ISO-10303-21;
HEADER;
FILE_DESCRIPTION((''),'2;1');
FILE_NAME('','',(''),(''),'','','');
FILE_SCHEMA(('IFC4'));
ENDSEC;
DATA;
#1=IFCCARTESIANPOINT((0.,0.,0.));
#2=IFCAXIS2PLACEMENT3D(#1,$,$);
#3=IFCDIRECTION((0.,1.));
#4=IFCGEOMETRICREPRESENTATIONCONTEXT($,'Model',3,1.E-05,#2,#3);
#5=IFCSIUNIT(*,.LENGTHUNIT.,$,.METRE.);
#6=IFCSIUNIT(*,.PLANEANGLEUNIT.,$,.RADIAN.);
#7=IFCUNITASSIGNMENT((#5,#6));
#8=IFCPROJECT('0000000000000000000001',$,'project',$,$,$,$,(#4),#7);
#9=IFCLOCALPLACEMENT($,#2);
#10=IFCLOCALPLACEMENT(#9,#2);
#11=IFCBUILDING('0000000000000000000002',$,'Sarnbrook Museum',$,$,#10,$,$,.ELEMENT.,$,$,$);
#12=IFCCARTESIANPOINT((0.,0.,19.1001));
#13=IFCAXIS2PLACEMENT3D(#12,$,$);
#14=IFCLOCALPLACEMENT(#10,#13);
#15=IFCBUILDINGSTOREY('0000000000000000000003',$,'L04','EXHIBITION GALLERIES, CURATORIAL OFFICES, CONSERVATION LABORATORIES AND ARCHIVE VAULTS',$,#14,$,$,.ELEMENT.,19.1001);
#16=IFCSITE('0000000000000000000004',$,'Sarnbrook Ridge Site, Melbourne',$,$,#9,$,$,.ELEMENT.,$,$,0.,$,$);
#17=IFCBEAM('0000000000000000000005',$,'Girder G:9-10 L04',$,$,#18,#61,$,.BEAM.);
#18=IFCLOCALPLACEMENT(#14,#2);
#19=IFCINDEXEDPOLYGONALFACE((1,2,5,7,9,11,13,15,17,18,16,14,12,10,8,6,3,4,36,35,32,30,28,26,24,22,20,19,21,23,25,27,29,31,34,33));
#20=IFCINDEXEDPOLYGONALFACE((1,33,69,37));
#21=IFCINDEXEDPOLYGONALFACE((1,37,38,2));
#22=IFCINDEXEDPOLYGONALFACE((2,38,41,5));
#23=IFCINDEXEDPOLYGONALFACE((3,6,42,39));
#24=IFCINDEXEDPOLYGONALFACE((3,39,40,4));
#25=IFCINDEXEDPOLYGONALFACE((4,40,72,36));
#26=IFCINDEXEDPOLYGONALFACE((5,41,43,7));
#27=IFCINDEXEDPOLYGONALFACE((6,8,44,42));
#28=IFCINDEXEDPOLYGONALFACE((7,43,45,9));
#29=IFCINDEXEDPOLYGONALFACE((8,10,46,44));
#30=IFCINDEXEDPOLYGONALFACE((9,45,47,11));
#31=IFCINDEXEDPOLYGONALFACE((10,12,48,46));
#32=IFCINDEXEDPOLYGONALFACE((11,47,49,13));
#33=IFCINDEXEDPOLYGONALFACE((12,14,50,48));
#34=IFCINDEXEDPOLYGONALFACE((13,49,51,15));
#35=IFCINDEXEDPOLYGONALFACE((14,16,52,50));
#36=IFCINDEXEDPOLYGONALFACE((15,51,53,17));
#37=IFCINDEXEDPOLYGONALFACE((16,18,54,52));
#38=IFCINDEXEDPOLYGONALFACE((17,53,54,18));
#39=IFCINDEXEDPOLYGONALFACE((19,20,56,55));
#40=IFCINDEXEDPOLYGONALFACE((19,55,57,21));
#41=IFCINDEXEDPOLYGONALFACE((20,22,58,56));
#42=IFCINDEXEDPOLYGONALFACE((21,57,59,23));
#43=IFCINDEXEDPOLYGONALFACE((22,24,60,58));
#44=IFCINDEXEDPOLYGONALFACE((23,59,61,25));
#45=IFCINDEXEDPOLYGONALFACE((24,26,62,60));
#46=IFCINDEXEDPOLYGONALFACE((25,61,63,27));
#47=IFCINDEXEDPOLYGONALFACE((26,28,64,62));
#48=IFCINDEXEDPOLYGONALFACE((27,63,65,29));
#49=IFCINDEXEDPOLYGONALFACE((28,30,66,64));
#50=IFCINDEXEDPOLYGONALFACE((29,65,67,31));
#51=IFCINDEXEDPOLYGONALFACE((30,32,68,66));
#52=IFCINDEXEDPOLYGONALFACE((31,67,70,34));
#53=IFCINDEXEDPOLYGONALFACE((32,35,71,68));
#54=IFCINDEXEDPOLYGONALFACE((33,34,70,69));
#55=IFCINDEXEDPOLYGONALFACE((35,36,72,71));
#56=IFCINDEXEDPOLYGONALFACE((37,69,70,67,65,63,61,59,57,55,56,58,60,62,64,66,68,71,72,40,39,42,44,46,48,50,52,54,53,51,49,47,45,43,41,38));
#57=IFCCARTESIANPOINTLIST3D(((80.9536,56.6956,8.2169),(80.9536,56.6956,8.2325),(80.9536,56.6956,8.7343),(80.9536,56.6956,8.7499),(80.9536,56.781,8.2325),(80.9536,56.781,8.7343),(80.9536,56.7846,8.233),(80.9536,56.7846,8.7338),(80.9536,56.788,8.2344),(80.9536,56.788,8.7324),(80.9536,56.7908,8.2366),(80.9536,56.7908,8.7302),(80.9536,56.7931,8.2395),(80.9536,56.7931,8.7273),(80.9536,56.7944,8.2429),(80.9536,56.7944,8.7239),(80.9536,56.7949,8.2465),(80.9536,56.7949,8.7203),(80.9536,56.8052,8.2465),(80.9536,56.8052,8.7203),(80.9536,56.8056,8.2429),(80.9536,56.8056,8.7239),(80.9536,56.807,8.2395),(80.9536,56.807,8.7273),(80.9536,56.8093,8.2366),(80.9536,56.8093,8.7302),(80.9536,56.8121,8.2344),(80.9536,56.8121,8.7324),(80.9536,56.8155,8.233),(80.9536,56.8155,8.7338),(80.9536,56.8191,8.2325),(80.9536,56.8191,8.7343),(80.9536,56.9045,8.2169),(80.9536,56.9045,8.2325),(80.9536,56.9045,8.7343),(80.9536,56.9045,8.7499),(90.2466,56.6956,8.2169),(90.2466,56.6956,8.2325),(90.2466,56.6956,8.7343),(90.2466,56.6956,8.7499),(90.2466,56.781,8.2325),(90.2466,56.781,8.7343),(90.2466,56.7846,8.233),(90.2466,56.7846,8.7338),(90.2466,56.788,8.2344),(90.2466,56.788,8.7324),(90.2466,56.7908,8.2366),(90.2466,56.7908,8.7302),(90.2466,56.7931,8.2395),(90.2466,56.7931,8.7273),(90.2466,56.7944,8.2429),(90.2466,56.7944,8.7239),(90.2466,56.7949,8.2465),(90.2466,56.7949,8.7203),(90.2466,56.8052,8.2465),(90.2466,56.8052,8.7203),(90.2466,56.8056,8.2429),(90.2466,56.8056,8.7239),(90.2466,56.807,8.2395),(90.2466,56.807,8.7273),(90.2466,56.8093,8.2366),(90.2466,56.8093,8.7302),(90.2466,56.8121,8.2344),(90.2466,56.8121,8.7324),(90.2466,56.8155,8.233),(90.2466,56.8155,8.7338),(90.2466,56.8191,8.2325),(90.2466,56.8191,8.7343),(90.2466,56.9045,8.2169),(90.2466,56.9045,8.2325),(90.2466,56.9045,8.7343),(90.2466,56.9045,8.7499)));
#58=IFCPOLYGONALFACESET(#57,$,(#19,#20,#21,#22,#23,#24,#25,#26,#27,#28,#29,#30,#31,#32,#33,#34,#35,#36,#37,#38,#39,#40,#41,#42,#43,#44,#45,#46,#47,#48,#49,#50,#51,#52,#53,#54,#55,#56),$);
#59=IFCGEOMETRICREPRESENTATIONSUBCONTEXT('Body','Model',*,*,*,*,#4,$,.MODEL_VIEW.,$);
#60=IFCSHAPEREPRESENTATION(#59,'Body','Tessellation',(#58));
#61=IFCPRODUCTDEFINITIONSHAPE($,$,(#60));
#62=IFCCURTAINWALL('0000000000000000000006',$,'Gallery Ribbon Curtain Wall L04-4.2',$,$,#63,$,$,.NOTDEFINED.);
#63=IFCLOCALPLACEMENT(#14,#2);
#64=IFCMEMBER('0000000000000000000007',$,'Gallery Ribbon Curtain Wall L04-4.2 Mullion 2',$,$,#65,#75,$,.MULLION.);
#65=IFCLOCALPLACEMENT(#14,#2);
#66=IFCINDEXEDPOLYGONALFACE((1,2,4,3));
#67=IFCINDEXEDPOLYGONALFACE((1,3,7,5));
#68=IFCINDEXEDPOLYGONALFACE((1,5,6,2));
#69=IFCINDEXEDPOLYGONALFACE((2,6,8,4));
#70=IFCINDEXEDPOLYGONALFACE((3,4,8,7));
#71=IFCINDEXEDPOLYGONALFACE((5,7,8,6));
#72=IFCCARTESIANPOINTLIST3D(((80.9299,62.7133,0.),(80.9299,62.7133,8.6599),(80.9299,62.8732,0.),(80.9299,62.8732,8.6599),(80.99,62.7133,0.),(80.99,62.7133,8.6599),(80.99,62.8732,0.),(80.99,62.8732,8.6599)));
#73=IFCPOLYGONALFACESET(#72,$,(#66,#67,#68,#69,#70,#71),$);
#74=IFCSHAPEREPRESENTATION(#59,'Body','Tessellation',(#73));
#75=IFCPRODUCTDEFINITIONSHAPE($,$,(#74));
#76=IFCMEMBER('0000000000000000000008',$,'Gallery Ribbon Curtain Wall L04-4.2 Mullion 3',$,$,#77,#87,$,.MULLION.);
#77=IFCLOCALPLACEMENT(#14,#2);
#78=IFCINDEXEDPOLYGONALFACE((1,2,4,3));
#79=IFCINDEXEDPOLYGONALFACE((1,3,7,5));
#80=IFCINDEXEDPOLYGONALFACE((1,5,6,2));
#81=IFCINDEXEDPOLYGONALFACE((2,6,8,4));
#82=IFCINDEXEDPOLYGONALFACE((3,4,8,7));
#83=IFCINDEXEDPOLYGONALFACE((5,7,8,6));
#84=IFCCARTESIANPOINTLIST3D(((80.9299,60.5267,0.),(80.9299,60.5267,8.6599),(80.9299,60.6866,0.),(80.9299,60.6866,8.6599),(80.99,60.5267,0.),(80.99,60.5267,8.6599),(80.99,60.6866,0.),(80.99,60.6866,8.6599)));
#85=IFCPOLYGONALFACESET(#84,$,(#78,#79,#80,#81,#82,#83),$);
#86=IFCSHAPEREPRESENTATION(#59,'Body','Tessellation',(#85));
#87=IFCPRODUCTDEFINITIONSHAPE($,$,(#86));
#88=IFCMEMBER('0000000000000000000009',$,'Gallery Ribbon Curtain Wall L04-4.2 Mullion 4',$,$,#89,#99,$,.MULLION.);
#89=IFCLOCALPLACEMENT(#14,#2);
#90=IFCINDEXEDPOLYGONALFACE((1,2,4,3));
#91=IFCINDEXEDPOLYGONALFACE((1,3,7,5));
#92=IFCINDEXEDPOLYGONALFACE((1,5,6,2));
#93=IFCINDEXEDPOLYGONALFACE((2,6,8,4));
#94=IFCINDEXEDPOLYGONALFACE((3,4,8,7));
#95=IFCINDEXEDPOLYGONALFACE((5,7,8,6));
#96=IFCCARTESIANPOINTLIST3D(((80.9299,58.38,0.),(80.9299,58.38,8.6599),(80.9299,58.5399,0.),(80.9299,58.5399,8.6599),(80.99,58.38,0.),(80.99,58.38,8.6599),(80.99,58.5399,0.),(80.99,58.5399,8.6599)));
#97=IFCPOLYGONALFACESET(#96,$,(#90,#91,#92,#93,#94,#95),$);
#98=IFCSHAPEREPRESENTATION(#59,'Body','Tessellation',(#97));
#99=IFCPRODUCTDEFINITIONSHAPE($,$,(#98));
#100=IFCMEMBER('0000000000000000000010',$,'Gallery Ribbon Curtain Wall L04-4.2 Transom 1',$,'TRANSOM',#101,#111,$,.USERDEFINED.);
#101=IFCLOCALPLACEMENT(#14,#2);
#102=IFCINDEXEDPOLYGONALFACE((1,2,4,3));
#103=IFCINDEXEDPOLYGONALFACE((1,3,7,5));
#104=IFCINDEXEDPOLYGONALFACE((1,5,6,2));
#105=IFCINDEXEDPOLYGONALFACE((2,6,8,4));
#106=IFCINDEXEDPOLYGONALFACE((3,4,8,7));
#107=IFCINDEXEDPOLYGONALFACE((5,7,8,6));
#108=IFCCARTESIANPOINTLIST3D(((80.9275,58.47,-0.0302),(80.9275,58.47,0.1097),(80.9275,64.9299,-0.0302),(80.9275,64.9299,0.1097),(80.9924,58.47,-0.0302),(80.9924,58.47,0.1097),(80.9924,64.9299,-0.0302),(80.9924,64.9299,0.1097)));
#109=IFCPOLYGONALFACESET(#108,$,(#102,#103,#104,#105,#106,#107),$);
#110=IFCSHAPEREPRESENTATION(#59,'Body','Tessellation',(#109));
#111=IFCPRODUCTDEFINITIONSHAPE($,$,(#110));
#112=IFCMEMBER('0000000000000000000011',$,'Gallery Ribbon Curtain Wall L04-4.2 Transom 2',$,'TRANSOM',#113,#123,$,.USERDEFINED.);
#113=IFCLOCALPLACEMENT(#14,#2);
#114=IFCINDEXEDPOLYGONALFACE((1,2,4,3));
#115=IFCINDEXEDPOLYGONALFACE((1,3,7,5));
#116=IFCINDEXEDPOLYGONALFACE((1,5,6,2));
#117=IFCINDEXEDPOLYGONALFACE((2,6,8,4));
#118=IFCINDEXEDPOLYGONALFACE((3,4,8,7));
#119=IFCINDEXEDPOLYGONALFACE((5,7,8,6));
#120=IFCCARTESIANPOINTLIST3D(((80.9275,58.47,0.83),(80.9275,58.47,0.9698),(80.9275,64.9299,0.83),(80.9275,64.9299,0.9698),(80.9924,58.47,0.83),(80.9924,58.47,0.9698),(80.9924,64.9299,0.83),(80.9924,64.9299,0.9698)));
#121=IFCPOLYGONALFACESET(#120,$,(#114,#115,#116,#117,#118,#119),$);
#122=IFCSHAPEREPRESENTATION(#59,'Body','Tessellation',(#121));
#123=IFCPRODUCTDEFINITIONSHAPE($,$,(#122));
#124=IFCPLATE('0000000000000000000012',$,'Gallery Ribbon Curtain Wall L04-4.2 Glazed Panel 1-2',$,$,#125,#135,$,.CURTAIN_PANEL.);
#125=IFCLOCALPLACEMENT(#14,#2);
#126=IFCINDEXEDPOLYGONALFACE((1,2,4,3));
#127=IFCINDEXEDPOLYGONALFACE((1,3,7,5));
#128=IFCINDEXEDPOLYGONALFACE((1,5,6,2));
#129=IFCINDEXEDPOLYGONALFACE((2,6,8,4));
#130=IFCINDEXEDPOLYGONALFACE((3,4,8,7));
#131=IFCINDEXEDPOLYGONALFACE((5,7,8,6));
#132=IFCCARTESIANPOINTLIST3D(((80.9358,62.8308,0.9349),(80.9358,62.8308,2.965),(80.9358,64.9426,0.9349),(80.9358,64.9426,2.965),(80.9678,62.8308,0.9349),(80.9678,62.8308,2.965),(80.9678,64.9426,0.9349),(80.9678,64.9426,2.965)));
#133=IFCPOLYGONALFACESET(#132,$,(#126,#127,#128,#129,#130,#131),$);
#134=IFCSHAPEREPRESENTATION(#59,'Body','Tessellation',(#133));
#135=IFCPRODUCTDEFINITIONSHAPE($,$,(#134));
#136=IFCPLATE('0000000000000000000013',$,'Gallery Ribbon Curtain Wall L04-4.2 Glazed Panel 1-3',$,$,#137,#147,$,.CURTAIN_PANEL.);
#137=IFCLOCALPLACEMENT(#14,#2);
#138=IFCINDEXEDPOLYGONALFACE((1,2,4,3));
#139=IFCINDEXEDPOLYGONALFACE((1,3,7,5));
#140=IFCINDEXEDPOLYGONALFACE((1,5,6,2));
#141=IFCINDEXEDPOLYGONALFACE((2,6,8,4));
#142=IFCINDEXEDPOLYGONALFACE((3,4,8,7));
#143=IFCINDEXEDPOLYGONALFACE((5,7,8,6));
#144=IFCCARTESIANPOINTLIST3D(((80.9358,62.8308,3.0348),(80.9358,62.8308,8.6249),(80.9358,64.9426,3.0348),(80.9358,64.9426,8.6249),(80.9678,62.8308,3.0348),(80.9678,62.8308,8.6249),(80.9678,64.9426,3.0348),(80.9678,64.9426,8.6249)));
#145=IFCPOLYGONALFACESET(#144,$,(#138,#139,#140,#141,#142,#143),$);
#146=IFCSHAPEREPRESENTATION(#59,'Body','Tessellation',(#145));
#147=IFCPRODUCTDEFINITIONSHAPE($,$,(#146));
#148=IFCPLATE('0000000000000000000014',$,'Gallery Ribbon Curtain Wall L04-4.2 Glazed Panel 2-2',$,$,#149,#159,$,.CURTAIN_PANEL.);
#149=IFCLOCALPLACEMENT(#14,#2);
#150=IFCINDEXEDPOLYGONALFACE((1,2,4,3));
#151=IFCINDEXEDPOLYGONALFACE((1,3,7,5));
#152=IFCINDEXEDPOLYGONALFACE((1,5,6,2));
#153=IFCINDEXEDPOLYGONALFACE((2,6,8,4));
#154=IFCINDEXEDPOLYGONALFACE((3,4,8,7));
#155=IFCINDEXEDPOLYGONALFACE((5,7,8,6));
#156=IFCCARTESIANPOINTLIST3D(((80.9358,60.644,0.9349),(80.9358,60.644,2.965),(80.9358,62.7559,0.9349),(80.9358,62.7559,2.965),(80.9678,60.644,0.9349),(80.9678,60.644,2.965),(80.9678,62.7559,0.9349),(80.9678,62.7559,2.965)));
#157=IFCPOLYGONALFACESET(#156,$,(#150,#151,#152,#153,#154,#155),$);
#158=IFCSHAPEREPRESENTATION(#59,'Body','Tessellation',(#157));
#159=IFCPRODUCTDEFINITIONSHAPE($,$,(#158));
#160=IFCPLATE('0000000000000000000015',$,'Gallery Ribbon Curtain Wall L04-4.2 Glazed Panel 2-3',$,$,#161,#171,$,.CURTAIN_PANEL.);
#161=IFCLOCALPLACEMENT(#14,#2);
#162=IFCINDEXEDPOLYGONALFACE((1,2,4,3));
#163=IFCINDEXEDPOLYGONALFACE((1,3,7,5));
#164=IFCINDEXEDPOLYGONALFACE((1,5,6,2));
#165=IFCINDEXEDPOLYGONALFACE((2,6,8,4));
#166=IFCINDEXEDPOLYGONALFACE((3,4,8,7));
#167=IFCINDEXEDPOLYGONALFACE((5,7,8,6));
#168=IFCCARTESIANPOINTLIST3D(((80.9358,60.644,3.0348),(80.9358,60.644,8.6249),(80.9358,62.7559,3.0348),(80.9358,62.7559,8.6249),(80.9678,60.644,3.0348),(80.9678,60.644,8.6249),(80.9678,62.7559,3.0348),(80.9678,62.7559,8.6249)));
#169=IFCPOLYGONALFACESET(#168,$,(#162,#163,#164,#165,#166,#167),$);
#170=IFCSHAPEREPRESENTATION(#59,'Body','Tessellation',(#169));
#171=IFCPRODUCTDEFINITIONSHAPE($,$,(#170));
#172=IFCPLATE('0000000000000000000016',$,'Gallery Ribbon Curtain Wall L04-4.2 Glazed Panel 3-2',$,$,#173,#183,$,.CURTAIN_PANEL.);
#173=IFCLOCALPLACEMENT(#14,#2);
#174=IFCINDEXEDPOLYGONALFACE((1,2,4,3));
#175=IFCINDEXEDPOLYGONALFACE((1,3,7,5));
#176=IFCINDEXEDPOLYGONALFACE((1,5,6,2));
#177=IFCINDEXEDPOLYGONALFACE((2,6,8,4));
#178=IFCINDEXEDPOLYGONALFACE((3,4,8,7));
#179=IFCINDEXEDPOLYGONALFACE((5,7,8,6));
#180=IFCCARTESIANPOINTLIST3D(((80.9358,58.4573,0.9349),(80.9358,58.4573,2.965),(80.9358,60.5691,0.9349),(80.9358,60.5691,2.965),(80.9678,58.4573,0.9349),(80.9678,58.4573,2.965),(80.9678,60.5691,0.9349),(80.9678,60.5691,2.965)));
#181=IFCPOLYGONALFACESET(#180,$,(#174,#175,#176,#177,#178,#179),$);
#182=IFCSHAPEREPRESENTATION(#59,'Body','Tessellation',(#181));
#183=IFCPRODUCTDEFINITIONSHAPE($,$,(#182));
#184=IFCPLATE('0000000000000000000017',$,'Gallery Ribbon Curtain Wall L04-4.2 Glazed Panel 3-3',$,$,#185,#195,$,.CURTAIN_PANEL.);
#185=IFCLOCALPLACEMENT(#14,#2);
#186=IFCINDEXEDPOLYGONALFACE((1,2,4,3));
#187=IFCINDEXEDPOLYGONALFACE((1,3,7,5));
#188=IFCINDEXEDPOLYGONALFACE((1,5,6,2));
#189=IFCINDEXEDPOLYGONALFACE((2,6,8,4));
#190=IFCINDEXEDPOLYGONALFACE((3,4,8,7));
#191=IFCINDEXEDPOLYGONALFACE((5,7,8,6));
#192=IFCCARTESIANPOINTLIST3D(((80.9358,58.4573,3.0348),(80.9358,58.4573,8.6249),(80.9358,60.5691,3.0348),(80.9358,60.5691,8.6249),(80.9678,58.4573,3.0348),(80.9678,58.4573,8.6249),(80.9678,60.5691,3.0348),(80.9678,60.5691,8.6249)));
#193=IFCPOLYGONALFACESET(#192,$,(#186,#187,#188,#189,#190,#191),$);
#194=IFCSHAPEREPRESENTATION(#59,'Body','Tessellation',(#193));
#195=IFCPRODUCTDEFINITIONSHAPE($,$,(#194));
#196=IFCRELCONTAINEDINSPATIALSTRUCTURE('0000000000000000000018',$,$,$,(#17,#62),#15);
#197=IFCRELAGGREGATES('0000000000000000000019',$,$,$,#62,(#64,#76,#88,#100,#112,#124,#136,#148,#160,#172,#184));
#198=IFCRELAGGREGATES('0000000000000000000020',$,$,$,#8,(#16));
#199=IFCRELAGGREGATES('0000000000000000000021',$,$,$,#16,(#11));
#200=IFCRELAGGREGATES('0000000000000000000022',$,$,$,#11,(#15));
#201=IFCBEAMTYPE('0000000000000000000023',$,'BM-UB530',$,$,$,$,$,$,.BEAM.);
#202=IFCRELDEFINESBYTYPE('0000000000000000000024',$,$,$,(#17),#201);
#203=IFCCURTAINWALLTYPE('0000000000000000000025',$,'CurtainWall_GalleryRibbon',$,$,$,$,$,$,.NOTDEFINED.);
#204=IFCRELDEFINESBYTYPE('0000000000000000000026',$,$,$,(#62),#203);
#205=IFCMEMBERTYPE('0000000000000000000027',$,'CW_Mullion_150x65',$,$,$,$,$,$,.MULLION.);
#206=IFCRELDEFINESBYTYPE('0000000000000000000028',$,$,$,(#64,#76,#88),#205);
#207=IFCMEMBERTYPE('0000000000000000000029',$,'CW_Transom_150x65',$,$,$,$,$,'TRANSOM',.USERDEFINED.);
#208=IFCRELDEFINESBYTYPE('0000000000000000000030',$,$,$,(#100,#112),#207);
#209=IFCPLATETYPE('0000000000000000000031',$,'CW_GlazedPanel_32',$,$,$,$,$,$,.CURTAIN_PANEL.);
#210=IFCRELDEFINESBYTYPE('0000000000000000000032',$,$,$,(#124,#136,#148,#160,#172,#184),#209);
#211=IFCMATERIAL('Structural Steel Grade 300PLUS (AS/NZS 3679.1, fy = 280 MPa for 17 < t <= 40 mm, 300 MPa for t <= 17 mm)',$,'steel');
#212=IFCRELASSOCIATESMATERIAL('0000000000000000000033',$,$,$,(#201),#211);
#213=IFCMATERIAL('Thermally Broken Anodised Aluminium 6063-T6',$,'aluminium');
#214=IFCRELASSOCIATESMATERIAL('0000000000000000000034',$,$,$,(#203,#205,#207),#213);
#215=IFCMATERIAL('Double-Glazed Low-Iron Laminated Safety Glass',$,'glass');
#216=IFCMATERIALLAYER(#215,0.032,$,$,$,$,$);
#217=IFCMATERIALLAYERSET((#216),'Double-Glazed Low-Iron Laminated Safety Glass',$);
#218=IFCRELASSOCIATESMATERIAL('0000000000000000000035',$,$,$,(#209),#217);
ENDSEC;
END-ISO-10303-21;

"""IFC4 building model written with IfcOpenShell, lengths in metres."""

from ifc_helpers import new_model, si_unit, direction, frame, origin, origin_2d, place, context, subcontext, project, spatial, rectangle, i_section, extrude, material, layer, layer_set, material_profile, profile_set, type_object, element, aggregate, save


model = new_model("IFC4")

# Units and contexts
model_context = context("Model", 3, precision=1e-05, world=origin(), true_north=direction((0.0, 1.0)))
body_context = subcontext(model_context, "Body", "Model", "MODEL_VIEW")
ifc_project = project(units=[si_unit("LENGTHUNIT", "METRE"), si_unit("PLANEANGLEUNIT", "RADIAN")], contexts=[model_context])

# Site, building, storey
site_placement = place(None, origin())
site = spatial("IfcSite", under=ifc_project, at=site_placement, Name="Sarnbrook Ridge Site, Melbourne", CompositionType="ELEMENT", RefElevation=0.0)
building_placement = place(site_placement, origin())
building = spatial("IfcBuilding", under=site, at=building_placement, Name="Sarnbrook Museum", CompositionType="ELEMENT")
storey_placement = place(building_placement, frame((0.0, 0.0, 19.1001)))
storey = spatial("IfcBuildingStorey", under=building, at=storey_placement, Name="L04", Description="EXHIBITION GALLERIES, CURATORIAL OFFICES, CONSERVATION LABORATORIES AND ARCHIVE VAULTS", CompositionType="ELEMENT", Elevation=19.1001)

# Beam
ifc_material_1 = material(Name="Structural Steel Grade 300PLUS (AS/NZS 3679.1, fy = 280 MPa for 17 < t <= 40 mm, 300 MPa for t <= 17 mm)", Category="steel")
ifc_material_profile_1 = material_profile(ifc_material_1, i_section(OverallWidth=0.209, OverallDepth=0.533, WebThickness=0.0103, FlangeThickness=0.0156, FilletRadius=0.0139, at=origin_2d()), Name="530UB92.4")
ifc_profile_set_1 = profile_set([ifc_material_profile_1], Name="Structural Steel Grade 300PLUS (AS/NZS 3679.1, fy = 280 MPa for 17 < t <= 40 mm, 300 MPa for t <= 17 mm)")
beam_type = type_object("IfcBeamType", Name="BM-UB530", PredefinedType="BEAM", material=ifc_profile_set_1)
beam_placement = place(storey_placement, frame((80.9536, 56.8, 8.4834), z_axis=(1.0, 0.0, 0.0), x_axis=(0.0, 1.0, 0.0)))
element("IfcBeam", 1, at=beam_placement, inside=storey, type_object=beam_type, Name="Girder G:9-10 L04", PredefinedType="BEAM", context=body_context, shape_type="SweptSolid", body=[
    extrude(i_section(OverallWidth=0.209, OverallDepth=0.533, WebThickness=0.0103, FlangeThickness=0.0156, FilletRadius=0.0139, at=origin_2d()), origin(), (0.0, 0.0, 1.0), 9.293),
])

# Curtain wall, members, plates
ifc_material_2 = material(Name="Thermally Broken Anodised Aluminium 6063-T6", Category="aluminium")
curtain_wall_type = type_object("IfcCurtainWallType", Name="CurtainWall_GalleryRibbon", PredefinedType="NOTDEFINED", material=ifc_material_2)
curtain_wall_placement = place(storey_placement, origin())
curtain_wall = element("IfcCurtainWall", 2, at=curtain_wall_placement, inside=storey, type_object=curtain_wall_type, Name="Gallery Ribbon Curtain Wall L04-4.2", PredefinedType="NOTDEFINED")
ifc_material_profile_2 = material_profile(ifc_material_2, rectangle(XDim=0.0601, YDim=0.1599, at=origin_2d()), Name="ALU MULLION 60x160")
ifc_profile_set_2 = profile_set([ifc_material_profile_2], Name="Thermally Broken Anodised Aluminium 6063-T6")
member_type_1 = type_object("IfcMemberType", Name="CW_Mullion_150x65", PredefinedType="MULLION", material=ifc_profile_set_2)
member_1_placement = place(storey_placement, frame((80.96, 62.7932, 0.0), z_axis=(0.0, 0.0, 1.0), x_axis=(1.0, 0.0, 0.0)))
member_1 = element("IfcMember", 3, at=member_1_placement, type_object=member_type_1, Name="Gallery Ribbon Curtain Wall L04-4.2 Mullion 2", PredefinedType="MULLION", context=body_context, shape_type="SweptSolid", body=[
    extrude(rectangle(XDim=0.0601, YDim=0.1599, at=origin_2d()), origin(), (0.0, 0.0, 1.0), 8.6599),
])
member_2_placement = place(storey_placement, frame((80.96, 60.6067, 0.0), z_axis=(0.0, 0.0, 1.0), x_axis=(1.0, 0.0, 0.0)))
member_2 = element("IfcMember", 4, at=member_2_placement, type_object=member_type_1, Name="Gallery Ribbon Curtain Wall L04-4.2 Mullion 3", PredefinedType="MULLION", context=body_context, shape_type="SweptSolid", body=[
    extrude(rectangle(XDim=0.0601, YDim=0.1599, at=origin_2d()), origin(), (0.0, 0.0, 1.0), 8.6599),
])
member_3_placement = place(storey_placement, frame((80.96, 58.46, 0.0), z_axis=(0.0, 0.0, 1.0), x_axis=(1.0, 0.0, 0.0)))
member_3 = element("IfcMember", 5, at=member_3_placement, type_object=member_type_1, Name="Gallery Ribbon Curtain Wall L04-4.2 Mullion 4", PredefinedType="MULLION", context=body_context, shape_type="SweptSolid", body=[
    extrude(rectangle(XDim=0.0601, YDim=0.1599, at=origin_2d()), origin(), (0.0, 0.0, 1.0), 8.6599),
])
ifc_material_profile_3 = material_profile(ifc_material_2, rectangle(XDim=0.0649, YDim=0.1399, at=origin_2d()), Name="ALU TRANSOM 65x140")
ifc_profile_set_3 = profile_set([ifc_material_profile_3], Name="Thermally Broken Anodised Aluminium 6063-T6")
member_type_2 = type_object("IfcMemberType", Name="CW_Transom_150x65", ElementType="TRANSOM", PredefinedType="USERDEFINED", material=ifc_profile_set_3)
member_4_placement = place(storey_placement, frame((80.96, 64.9299, 0.0398), z_axis=(0.0, -1.0, 0.0), x_axis=(1.0, 0.0, 0.0)))
member_4 = element("IfcMember", 6, at=member_4_placement, type_object=member_type_2, Name="Gallery Ribbon Curtain Wall L04-4.2 Transom 1", ObjectType="TRANSOM", PredefinedType="USERDEFINED", context=body_context, shape_type="SweptSolid", body=[
    extrude(rectangle(XDim=0.0649, YDim=0.1399, at=origin_2d()), origin(), (0.0, 0.0, 1.0), 6.46),
])
member_5_placement = place(storey_placement, frame((80.96, 64.9299, 0.8999), z_axis=(0.0, -1.0, 0.0), x_axis=(1.0, 0.0, 0.0)))
member_5 = element("IfcMember", 7, at=member_5_placement, type_object=member_type_2, Name="Gallery Ribbon Curtain Wall L04-4.2 Transom 2", ObjectType="TRANSOM", PredefinedType="USERDEFINED", context=body_context, shape_type="SweptSolid", body=[
    extrude(rectangle(XDim=0.0649, YDim=0.1399, at=origin_2d()), origin(), (0.0, 0.0, 1.0), 6.46),
])
ifc_material_3 = material(Name="Double-Glazed Low-Iron Laminated Safety Glass", Category="glass")
ifc_layer_1 = layer(ifc_material_3, 0.032)
ifc_layer_set_1 = layer_set([ifc_layer_1], Name="Double-Glazed Low-Iron Laminated Safety Glass")
plate_type_1 = type_object("IfcPlateType", Name="CW_GlazedPanel_32", PredefinedType="CURTAIN_PANEL", material=ifc_layer_set_1)
plate_1_placement = place(storey_placement, frame((80.9678, 63.8867, 1.95), z_axis=(-1.0, 0.0, 0.0), x_axis=(0.0, -1.0, 0.0)))
plate_1 = element("IfcPlate", 8, at=plate_1_placement, type_object=plate_type_1, Name="Gallery Ribbon Curtain Wall L04-4.2 Glazed Panel 1-2", PredefinedType="CURTAIN_PANEL", context=body_context, shape_type="SweptSolid", body=[
    extrude(rectangle(XDim=2.1118, YDim=2.03, at=origin_2d()), origin(), (0.0, 0.0, 1.0), 0.032),
])
plate_2_placement = place(storey_placement, frame((80.9678, 63.8867, 5.8298), z_axis=(-1.0, 0.0, 0.0), x_axis=(0.0, -1.0, 0.0)))
plate_2 = element("IfcPlate", 9, at=plate_2_placement, type_object=plate_type_1, Name="Gallery Ribbon Curtain Wall L04-4.2 Glazed Panel 1-3", PredefinedType="CURTAIN_PANEL", context=body_context, shape_type="SweptSolid", body=[
    extrude(rectangle(XDim=2.1118, YDim=5.5901, at=origin_2d()), origin(), (0.0, 0.0, 1.0), 0.032),
])
plate_3_placement = place(storey_placement, frame((80.9678, 61.7, 1.95), z_axis=(-1.0, 0.0, 0.0), x_axis=(0.0, -1.0, 0.0)))
plate_3 = element("IfcPlate", 10, at=plate_3_placement, type_object=plate_type_1, Name="Gallery Ribbon Curtain Wall L04-4.2 Glazed Panel 2-2", PredefinedType="CURTAIN_PANEL", context=body_context, shape_type="SweptSolid", body=[
    extrude(rectangle(XDim=2.1118, YDim=2.03, at=origin_2d()), origin(), (0.0, 0.0, 1.0), 0.032),
])
plate_4_placement = place(storey_placement, frame((80.9678, 61.7, 5.8298), z_axis=(-1.0, 0.0, 0.0), x_axis=(0.0, -1.0, 0.0)))
plate_4 = element("IfcPlate", 11, at=plate_4_placement, type_object=plate_type_1, Name="Gallery Ribbon Curtain Wall L04-4.2 Glazed Panel 2-3", PredefinedType="CURTAIN_PANEL", context=body_context, shape_type="SweptSolid", body=[
    extrude(rectangle(XDim=2.1118, YDim=5.5901, at=origin_2d()), origin(), (0.0, 0.0, 1.0), 0.032),
])
plate_5_placement = place(storey_placement, frame((80.9678, 59.5132, 1.95), z_axis=(-1.0, 0.0, 0.0), x_axis=(0.0, -1.0, 0.0)))
plate_5 = element("IfcPlate", 12, at=plate_5_placement, type_object=plate_type_1, Name="Gallery Ribbon Curtain Wall L04-4.2 Glazed Panel 3-2", PredefinedType="CURTAIN_PANEL", context=body_context, shape_type="SweptSolid", body=[
    extrude(rectangle(XDim=2.1118, YDim=2.03, at=origin_2d()), origin(), (0.0, 0.0, 1.0), 0.032),
])
plate_6_placement = place(storey_placement, frame((80.9678, 59.5132, 5.8298), z_axis=(-1.0, 0.0, 0.0), x_axis=(0.0, -1.0, 0.0)))
plate_6 = element("IfcPlate", 13, at=plate_6_placement, type_object=plate_type_1, Name="Gallery Ribbon Curtain Wall L04-4.2 Glazed Panel 3-3", PredefinedType="CURTAIN_PANEL", context=body_context, shape_type="SweptSolid", body=[
    extrude(rectangle(XDim=2.1118, YDim=5.5901, at=origin_2d()), origin(), (0.0, 0.0, 1.0), 0.032),
])
aggregate(curtain_wall, [member_1, member_2, member_3, member_4, member_5, plate_1, plate_2, plate_3, plate_4, plate_5, plate_6])

save(model, "model.ifc")
